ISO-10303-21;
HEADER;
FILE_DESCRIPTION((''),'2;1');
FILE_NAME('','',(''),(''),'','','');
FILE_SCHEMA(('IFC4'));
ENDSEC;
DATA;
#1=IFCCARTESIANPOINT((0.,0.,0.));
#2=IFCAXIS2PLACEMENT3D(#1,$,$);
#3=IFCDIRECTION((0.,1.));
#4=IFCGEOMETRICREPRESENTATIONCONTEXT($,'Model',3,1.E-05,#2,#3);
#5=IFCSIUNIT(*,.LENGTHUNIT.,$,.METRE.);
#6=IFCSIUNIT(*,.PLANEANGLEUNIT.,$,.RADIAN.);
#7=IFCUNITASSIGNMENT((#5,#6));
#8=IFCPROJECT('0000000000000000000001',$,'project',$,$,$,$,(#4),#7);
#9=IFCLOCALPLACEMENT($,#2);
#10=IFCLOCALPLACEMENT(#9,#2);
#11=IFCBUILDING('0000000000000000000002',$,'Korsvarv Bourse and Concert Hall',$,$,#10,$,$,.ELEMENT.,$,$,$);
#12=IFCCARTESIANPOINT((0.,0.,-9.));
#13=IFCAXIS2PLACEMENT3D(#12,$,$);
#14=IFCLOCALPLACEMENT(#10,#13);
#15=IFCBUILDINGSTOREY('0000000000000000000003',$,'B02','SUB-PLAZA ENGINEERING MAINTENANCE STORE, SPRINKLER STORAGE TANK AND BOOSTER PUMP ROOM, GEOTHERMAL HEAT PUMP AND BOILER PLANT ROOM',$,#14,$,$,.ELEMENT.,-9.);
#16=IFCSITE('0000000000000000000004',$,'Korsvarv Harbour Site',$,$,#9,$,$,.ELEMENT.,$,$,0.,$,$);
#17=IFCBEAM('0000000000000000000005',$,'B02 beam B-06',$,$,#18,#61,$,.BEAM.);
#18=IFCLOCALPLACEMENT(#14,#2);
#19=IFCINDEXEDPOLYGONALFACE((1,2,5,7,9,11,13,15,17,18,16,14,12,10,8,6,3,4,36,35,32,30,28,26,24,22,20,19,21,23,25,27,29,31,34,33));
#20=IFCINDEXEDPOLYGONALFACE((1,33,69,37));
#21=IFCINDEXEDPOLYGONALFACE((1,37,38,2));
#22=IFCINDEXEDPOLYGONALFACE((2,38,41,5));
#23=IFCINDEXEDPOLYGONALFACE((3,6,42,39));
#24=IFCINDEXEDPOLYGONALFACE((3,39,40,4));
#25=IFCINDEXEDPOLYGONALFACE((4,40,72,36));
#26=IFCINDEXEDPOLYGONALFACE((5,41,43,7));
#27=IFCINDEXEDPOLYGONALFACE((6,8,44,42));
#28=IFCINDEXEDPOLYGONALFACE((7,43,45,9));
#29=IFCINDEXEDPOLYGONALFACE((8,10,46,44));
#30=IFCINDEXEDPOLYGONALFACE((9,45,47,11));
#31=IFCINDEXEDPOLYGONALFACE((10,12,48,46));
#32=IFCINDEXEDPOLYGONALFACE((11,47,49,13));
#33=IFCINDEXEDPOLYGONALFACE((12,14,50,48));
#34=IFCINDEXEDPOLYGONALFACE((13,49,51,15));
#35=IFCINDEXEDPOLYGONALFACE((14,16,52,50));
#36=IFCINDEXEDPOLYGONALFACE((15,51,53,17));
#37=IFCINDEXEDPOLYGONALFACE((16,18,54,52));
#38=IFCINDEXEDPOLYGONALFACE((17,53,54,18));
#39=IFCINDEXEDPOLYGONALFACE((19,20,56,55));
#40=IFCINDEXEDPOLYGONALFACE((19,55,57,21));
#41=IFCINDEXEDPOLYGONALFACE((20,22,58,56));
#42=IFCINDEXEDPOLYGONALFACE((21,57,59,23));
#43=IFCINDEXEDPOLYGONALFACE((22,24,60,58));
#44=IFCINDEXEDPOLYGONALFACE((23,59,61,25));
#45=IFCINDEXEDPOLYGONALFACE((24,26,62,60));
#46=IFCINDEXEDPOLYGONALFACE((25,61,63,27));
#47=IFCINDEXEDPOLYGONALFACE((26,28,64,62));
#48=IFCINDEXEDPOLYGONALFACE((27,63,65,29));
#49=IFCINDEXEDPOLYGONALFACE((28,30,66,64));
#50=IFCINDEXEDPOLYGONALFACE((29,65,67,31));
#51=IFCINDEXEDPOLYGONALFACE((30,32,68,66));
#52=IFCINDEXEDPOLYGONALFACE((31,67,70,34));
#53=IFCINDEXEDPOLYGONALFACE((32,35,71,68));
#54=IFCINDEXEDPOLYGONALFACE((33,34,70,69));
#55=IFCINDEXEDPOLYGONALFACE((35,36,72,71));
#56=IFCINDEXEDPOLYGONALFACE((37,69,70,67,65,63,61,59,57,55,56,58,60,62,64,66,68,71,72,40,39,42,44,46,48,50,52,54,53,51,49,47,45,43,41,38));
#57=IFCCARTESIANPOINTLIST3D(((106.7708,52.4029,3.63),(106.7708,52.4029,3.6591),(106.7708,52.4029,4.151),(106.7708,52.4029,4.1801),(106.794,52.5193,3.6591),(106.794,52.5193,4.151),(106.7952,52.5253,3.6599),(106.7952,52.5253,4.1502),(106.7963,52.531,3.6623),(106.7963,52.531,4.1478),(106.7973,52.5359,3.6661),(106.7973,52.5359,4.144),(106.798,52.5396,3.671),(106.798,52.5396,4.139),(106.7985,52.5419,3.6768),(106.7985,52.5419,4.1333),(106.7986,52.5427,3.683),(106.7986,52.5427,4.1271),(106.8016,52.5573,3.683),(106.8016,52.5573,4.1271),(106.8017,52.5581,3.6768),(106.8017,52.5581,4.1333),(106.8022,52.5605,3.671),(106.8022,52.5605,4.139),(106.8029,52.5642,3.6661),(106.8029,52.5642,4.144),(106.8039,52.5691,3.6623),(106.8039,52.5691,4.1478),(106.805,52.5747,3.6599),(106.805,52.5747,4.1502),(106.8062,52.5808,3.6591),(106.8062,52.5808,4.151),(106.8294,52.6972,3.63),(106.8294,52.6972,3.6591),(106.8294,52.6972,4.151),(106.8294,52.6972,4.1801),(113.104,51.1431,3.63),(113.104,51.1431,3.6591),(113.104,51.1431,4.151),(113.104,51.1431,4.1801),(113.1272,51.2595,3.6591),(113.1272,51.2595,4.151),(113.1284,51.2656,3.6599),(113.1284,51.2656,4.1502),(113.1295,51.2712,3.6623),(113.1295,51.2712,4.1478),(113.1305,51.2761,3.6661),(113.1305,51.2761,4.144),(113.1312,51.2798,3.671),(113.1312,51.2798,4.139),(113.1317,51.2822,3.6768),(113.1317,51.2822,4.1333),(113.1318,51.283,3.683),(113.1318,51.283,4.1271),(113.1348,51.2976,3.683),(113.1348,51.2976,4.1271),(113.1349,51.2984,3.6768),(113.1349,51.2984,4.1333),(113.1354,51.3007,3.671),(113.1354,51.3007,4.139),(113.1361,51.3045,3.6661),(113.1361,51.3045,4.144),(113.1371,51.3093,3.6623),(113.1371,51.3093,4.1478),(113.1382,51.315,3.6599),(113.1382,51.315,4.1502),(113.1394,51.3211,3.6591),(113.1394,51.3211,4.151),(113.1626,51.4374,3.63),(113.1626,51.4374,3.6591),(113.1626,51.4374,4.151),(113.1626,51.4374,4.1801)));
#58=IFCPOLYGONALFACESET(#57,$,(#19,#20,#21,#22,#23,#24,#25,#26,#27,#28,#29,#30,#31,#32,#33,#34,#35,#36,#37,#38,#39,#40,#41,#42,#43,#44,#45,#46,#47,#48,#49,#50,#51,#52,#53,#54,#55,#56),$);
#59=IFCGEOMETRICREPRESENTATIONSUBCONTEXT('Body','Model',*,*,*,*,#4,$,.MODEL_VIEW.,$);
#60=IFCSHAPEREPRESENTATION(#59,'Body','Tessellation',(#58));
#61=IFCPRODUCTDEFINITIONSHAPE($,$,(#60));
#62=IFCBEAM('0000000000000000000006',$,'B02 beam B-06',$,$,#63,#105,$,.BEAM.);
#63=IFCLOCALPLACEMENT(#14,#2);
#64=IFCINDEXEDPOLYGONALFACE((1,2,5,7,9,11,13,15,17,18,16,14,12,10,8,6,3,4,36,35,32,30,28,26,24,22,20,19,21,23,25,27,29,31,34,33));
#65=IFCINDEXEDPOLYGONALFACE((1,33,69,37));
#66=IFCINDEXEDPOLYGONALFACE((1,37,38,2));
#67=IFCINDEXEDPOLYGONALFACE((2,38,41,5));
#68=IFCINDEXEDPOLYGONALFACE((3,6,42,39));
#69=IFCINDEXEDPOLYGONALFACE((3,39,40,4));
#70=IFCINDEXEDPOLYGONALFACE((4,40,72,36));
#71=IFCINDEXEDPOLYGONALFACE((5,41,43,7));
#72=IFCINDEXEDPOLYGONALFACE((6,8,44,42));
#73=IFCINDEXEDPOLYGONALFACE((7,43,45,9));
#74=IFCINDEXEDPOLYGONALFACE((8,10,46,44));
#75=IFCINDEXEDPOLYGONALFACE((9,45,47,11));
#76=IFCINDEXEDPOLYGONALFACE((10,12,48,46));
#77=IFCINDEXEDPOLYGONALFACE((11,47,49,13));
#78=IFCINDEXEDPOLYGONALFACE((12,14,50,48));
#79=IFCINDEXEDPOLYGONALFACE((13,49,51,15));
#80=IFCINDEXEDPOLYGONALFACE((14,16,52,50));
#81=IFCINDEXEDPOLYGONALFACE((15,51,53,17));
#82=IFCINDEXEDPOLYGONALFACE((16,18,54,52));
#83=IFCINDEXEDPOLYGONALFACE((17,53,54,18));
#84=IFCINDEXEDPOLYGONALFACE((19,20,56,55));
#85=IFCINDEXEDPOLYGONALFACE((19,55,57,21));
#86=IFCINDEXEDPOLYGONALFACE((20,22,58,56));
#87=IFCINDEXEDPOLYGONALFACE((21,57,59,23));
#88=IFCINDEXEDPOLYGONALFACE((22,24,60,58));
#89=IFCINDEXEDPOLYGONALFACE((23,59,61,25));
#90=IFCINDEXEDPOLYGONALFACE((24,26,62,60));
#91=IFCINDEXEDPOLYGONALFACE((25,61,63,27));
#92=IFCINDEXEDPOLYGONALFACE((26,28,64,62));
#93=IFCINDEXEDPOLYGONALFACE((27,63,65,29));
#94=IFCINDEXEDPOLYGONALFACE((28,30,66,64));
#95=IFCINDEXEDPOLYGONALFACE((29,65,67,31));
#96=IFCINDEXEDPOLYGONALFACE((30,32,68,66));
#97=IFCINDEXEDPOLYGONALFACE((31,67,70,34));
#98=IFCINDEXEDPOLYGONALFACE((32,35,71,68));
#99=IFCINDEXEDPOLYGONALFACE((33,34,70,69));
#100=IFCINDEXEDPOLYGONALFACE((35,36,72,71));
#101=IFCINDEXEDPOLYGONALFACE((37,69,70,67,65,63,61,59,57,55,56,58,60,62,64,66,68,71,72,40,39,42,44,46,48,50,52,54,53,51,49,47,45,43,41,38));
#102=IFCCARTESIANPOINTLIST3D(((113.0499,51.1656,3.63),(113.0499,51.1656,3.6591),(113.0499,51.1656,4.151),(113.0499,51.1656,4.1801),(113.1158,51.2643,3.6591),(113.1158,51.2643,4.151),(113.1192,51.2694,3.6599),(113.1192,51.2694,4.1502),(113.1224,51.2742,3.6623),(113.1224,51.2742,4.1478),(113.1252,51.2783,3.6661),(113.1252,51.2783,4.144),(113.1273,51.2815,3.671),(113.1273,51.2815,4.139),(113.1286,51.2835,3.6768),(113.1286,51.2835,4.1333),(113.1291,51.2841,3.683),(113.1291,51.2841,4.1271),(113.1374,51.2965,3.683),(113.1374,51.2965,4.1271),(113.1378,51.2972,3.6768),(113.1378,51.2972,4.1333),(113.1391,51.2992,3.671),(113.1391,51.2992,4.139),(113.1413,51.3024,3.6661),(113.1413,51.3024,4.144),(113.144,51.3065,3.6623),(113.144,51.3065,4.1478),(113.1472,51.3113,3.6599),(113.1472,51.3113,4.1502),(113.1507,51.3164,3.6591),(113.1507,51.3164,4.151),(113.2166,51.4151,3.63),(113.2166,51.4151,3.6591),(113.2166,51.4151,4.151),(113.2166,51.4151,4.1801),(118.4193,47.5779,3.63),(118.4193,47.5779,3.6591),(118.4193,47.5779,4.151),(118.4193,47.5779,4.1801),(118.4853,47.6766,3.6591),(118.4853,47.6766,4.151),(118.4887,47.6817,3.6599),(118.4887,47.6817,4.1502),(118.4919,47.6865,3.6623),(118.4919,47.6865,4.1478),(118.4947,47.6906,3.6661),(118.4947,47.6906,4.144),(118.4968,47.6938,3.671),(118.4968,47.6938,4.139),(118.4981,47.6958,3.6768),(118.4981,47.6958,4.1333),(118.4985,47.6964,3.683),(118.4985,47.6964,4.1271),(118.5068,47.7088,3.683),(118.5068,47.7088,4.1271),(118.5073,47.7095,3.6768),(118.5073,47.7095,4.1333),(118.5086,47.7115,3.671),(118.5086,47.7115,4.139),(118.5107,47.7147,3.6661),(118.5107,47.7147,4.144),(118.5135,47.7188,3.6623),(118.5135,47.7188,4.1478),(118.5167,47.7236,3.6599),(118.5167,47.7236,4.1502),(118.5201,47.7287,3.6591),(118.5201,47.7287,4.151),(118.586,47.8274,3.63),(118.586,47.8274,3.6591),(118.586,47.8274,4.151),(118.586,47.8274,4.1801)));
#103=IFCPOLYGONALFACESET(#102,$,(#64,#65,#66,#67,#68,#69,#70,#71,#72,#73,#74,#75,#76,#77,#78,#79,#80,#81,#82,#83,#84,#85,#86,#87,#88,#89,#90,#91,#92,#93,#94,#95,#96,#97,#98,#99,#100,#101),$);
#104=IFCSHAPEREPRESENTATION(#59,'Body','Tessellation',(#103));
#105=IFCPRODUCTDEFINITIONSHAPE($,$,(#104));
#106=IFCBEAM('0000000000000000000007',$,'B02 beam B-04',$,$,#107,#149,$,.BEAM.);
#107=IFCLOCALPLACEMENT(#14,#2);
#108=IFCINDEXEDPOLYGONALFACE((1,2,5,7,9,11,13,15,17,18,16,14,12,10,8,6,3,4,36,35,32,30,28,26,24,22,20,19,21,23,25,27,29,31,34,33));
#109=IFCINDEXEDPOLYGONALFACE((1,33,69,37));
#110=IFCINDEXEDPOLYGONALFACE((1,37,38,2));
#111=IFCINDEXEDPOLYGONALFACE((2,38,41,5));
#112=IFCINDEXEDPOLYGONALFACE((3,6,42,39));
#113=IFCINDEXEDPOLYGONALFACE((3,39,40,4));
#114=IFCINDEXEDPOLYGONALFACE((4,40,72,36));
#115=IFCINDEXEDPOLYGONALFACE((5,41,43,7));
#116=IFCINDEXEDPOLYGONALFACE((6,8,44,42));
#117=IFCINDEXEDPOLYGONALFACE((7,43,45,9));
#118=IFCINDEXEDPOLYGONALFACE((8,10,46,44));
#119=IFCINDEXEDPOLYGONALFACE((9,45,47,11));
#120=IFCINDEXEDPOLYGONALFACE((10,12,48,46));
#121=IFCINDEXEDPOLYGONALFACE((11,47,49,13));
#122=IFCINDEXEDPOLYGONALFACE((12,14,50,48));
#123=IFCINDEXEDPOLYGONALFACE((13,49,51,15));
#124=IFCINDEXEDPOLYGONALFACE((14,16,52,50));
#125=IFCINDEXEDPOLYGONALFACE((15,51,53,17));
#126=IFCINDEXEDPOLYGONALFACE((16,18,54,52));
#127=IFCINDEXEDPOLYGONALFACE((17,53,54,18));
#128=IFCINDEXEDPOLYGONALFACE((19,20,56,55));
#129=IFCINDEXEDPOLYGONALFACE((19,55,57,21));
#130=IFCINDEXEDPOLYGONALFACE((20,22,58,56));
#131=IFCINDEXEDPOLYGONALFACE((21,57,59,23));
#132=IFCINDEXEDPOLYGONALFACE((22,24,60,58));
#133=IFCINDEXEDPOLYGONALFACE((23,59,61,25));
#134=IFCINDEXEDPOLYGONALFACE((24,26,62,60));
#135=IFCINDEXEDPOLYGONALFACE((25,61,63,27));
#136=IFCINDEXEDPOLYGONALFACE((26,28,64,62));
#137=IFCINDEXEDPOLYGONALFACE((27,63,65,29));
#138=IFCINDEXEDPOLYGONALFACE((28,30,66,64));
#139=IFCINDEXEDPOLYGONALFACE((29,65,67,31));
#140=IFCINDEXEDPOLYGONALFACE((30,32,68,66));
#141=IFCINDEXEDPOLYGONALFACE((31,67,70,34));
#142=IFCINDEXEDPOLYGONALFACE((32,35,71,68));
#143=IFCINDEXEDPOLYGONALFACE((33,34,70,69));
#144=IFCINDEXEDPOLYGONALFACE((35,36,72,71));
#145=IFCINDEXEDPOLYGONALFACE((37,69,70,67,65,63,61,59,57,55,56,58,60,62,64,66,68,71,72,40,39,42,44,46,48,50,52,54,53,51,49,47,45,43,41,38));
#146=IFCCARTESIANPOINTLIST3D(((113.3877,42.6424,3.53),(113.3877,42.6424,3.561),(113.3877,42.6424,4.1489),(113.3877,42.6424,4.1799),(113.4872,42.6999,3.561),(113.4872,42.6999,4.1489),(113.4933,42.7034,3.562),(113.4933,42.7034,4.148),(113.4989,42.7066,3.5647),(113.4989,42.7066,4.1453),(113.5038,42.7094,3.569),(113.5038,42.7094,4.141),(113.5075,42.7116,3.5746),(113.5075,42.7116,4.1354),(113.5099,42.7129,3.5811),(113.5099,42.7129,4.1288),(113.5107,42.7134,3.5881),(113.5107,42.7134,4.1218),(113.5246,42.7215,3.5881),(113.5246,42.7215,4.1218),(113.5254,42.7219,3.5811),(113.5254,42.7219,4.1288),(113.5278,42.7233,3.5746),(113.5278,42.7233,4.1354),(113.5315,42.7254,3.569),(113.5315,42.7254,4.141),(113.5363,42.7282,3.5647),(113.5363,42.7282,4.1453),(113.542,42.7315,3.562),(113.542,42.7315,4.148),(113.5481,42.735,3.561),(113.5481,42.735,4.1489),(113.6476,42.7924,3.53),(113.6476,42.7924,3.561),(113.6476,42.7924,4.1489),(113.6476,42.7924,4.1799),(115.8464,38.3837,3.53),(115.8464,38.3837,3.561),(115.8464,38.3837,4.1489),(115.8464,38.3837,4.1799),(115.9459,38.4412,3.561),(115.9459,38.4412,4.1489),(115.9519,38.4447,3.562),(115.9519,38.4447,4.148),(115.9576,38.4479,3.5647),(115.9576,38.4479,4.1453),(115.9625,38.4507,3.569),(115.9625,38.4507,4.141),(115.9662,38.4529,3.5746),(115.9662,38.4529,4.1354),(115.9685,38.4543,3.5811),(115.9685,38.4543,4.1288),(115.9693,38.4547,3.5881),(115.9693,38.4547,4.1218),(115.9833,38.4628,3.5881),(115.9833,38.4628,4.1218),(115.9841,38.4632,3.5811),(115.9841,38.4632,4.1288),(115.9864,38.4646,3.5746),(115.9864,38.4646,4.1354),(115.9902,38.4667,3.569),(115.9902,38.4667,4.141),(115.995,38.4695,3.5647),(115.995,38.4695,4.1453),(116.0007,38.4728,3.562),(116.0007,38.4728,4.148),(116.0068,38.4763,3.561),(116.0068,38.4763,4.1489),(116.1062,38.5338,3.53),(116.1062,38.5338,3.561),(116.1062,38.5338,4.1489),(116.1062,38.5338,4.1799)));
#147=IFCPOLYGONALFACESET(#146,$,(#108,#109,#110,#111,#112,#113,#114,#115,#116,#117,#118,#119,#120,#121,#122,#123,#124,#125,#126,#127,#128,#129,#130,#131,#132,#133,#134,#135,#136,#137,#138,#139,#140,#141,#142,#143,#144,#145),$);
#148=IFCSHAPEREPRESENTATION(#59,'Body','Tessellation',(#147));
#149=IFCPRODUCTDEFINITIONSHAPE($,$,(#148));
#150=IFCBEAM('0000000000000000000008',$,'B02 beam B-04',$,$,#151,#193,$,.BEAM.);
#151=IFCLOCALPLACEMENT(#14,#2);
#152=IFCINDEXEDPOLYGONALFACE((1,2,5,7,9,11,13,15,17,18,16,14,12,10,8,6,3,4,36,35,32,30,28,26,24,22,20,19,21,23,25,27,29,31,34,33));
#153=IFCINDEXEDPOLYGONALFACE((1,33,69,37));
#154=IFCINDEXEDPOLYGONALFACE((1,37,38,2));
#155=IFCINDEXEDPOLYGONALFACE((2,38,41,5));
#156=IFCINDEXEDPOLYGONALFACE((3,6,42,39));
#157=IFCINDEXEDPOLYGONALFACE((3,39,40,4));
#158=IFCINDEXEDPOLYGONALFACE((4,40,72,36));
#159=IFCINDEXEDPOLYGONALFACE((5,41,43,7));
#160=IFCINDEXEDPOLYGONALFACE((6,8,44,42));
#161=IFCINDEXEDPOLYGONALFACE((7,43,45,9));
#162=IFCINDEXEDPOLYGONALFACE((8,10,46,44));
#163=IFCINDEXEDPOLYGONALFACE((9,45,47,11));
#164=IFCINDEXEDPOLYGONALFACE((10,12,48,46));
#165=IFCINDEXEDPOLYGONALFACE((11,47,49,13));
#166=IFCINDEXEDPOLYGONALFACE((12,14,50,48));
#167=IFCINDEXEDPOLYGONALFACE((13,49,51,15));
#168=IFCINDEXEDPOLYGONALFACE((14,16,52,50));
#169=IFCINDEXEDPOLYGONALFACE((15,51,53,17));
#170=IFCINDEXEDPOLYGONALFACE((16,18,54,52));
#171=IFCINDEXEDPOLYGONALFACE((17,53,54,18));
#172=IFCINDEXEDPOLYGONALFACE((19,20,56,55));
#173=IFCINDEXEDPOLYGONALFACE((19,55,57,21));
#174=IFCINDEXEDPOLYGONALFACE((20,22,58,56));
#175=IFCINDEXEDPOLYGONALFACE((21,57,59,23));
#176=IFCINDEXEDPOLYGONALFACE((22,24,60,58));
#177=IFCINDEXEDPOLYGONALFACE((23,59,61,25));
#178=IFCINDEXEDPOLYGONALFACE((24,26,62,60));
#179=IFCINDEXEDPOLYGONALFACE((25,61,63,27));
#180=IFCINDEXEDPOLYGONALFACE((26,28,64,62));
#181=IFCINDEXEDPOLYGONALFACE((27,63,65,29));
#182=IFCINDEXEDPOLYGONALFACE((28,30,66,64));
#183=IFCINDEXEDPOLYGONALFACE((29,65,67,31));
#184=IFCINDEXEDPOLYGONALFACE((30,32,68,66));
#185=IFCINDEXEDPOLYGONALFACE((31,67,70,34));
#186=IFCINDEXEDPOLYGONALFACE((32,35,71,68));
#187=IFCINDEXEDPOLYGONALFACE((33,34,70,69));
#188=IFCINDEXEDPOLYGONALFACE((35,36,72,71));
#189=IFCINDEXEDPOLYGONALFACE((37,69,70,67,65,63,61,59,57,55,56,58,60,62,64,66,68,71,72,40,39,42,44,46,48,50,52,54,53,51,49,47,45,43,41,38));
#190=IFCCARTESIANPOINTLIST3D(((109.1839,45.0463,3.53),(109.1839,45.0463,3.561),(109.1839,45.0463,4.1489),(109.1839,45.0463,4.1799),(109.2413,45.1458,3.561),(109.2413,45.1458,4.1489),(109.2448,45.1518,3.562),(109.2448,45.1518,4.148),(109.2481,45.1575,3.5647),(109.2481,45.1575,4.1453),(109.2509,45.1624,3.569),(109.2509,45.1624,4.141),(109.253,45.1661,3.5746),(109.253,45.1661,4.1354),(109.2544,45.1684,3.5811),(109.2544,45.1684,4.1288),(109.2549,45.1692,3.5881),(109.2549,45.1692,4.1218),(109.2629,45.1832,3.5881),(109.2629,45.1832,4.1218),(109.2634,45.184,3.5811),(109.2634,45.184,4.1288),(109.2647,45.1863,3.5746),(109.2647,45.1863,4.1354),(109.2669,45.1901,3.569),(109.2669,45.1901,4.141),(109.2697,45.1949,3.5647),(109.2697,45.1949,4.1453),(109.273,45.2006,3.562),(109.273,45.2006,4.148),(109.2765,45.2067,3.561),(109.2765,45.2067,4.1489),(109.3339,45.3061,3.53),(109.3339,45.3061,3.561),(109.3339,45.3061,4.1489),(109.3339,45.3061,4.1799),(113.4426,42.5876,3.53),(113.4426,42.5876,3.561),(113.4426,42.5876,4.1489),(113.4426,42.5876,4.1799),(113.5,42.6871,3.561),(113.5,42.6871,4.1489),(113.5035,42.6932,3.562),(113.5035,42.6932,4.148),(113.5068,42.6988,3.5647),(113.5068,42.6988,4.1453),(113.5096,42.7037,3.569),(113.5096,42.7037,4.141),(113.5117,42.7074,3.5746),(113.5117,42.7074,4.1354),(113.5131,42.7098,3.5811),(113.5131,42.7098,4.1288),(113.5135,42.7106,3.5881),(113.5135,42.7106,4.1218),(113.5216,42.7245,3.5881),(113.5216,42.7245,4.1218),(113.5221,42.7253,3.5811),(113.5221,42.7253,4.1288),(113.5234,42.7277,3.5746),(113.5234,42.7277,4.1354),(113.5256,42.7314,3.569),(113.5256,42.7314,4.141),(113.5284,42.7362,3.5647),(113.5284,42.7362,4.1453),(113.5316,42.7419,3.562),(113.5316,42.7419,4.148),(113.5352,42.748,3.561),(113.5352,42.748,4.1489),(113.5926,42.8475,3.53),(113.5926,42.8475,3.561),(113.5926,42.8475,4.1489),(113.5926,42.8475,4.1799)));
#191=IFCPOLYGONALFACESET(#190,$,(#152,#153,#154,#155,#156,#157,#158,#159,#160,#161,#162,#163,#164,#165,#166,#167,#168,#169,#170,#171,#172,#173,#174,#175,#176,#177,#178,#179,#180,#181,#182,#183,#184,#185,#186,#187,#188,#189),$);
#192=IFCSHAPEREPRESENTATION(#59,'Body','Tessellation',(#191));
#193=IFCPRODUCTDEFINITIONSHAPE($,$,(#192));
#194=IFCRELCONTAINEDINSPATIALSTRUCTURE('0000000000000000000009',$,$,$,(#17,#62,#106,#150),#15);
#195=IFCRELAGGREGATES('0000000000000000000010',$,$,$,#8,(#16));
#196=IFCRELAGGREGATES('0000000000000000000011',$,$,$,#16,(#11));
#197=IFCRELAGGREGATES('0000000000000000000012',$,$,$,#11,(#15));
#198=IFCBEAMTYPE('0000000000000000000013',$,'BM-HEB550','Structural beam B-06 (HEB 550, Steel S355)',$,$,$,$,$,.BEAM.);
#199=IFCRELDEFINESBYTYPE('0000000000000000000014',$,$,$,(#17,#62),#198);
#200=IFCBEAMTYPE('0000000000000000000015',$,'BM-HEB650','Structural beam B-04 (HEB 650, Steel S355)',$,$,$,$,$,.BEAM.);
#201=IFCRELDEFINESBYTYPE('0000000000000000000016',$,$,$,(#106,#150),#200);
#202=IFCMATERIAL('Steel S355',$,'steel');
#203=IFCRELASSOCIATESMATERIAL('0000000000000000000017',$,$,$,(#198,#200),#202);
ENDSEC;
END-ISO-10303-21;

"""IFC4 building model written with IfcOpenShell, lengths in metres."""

from ifc_helpers import new_model, si_unit, direction, frame, origin, origin_2d, place, context, subcontext, project, spatial, i_section, extrude, source, transform, mapped, material, material_profile, profile_set, type_object, element, save


model = new_model("IFC4")

# Units and contexts
model_context = context("Model", 3, precision=1e-05, world=origin(), true_north=direction((0.0, 1.0)))
body_context = subcontext(model_context, "Body", "Model", "MODEL_VIEW")
ifc_project = project(units=[si_unit("LENGTHUNIT", "METRE"), si_unit("PLANEANGLEUNIT", "RADIAN")], contexts=[model_context])

# Site, building, storey
site_placement = place(None, origin())
site = spatial("IfcSite", under=ifc_project, at=site_placement, Name="Korsvarv Harbour Site", CompositionType="ELEMENT", RefElevation=0.0)
building_placement = place(site_placement, origin())
building = spatial("IfcBuilding", under=site, at=building_placement, Name="Korsvarv Bourse and Concert Hall", CompositionType="ELEMENT")
storey_placement = place(building_placement, frame((0.0, 0.0, -9.0)))
storey = spatial("IfcBuildingStorey", under=building, at=storey_placement, Name="B02", Description="SUB-PLAZA ENGINEERING MAINTENANCE STORE, SPRINKLER STORAGE TANK AND BOOSTER PUMP ROOM, GEOTHERMAL HEAT PUMP AND BOILER PLANT ROOM", CompositionType="ELEMENT", Elevation=-9.0)

# Beams
ifc_material_1 = material(Name="Steel S355", Category="steel")
ifc_material_profile_1 = material_profile(ifc_material_1, i_section(OverallWidth=0.3, OverallDepth=0.55, WebThickness=0.0149, FlangeThickness=0.0291, FilletRadius=0.0239, at=origin_2d()), Name="HEB 550")
ifc_profile_set_1 = profile_set([ifc_material_profile_1], Name="Steel S355")
beam_type_1 = type_object("IfcBeamType", Name="BM-HEB550", Description="Structural beam B-06 (HEB 550, Steel S355)", PredefinedType="BEAM", material=ifc_profile_set_1)
shared_shape_1 = source(origin(), body_context, "Body", "SweptSolid", [
    extrude(i_section(OverallWidth=0.3, OverallDepth=0.55, WebThickness=0.0149, FlangeThickness=0.0291, FilletRadius=0.0239, at=origin_2d()), origin(), (0.0, 0.0, 1.0), 6.4573),
])
for number, where, z_axis, x_axis, name in (
    (1, (113.1333, 51.2903, 3.905), (-0.980785, 0.195091, 0.0), (-0.195091, -0.980785, 0.0), "B02 beam B-06"),
):
    element("IfcBeam", number, at=place(storey_placement, frame(where, z_axis=z_axis, x_axis=x_axis)), inside=storey, type_object=beam_type_1, Name=name, PredefinedType="BEAM", context=body_context, shape_type="MappedRepresentation", body=[
        mapped(shared_shape_1, transform((0.0, 0.0, 0.0), scale=1.0)),
    ])
shared_shape_2 = source(origin(), body_context, "Body", "SweptSolid", [
    extrude(i_section(OverallWidth=0.3, OverallDepth=0.55, WebThickness=0.0149, FlangeThickness=0.0291, FilletRadius=0.0239, at=origin_2d()), origin(), (0.0, 0.0, 1.0), 6.4578),
])
beam_1_placement = place(storey_placement, frame((118.5027, 47.7026, 3.905), z_axis=(-0.831474, 0.555564, 0.0), x_axis=(-0.555564, -0.831474, 0.0)))
element("IfcBeam", 2, at=beam_1_placement, inside=storey, type_object=beam_type_1, Name="B02 beam B-06", PredefinedType="BEAM", context=body_context, shape_type="MappedRepresentation", body=[
    mapped(shared_shape_2, transform((0.0, 0.0, 0.0), scale=1.0)),
])
ifc_material_profile_2 = material_profile(ifc_material_1, i_section(OverallWidth=0.3, OverallDepth=0.6499, WebThickness=0.0161, FlangeThickness=0.031, FilletRadius=0.0271, at=origin_2d()), Name="HEB 650")
ifc_profile_set_2 = profile_set([ifc_material_profile_2], Name="Steel S355")
beam_type_2 = type_object("IfcBeamType", Name="BM-HEB650", Description="Structural beam B-04 (HEB 650, Steel S355)", PredefinedType="BEAM", material=ifc_profile_set_2)
shared_shape_3 = source(origin(), body_context, "Body", "SweptSolid", [
    extrude(i_section(OverallWidth=0.3, OverallDepth=0.6499, WebThickness=0.0161, FlangeThickness=0.031, FilletRadius=0.0271, at=origin_2d()), origin(), (0.0, 0.0, 1.0), 4.9175),
])
for number, where, z_axis, x_axis, name in (
    (3, (115.9763, 38.4587, 3.855), (-0.499989, 0.866032, 0.0), (-0.866032, -0.499989, 0.0), "B02 beam B-04"),
    (4, (113.5176, 42.7175, 3.855), (-0.866032, 0.499989, 0.0), (-0.499989, -0.866032, 0.0), "B02 beam B-04"),
):
    element("IfcBeam", number, at=place(storey_placement, frame(where, z_axis=z_axis, x_axis=x_axis)), inside=storey, type_object=beam_type_2, Name=name, PredefinedType="BEAM", context=body_context, shape_type="MappedRepresentation", body=[
        mapped(shared_shape_3, transform((0.0, 0.0, 0.0), scale=1.0)),
    ])

save(model, "model.ifc")
